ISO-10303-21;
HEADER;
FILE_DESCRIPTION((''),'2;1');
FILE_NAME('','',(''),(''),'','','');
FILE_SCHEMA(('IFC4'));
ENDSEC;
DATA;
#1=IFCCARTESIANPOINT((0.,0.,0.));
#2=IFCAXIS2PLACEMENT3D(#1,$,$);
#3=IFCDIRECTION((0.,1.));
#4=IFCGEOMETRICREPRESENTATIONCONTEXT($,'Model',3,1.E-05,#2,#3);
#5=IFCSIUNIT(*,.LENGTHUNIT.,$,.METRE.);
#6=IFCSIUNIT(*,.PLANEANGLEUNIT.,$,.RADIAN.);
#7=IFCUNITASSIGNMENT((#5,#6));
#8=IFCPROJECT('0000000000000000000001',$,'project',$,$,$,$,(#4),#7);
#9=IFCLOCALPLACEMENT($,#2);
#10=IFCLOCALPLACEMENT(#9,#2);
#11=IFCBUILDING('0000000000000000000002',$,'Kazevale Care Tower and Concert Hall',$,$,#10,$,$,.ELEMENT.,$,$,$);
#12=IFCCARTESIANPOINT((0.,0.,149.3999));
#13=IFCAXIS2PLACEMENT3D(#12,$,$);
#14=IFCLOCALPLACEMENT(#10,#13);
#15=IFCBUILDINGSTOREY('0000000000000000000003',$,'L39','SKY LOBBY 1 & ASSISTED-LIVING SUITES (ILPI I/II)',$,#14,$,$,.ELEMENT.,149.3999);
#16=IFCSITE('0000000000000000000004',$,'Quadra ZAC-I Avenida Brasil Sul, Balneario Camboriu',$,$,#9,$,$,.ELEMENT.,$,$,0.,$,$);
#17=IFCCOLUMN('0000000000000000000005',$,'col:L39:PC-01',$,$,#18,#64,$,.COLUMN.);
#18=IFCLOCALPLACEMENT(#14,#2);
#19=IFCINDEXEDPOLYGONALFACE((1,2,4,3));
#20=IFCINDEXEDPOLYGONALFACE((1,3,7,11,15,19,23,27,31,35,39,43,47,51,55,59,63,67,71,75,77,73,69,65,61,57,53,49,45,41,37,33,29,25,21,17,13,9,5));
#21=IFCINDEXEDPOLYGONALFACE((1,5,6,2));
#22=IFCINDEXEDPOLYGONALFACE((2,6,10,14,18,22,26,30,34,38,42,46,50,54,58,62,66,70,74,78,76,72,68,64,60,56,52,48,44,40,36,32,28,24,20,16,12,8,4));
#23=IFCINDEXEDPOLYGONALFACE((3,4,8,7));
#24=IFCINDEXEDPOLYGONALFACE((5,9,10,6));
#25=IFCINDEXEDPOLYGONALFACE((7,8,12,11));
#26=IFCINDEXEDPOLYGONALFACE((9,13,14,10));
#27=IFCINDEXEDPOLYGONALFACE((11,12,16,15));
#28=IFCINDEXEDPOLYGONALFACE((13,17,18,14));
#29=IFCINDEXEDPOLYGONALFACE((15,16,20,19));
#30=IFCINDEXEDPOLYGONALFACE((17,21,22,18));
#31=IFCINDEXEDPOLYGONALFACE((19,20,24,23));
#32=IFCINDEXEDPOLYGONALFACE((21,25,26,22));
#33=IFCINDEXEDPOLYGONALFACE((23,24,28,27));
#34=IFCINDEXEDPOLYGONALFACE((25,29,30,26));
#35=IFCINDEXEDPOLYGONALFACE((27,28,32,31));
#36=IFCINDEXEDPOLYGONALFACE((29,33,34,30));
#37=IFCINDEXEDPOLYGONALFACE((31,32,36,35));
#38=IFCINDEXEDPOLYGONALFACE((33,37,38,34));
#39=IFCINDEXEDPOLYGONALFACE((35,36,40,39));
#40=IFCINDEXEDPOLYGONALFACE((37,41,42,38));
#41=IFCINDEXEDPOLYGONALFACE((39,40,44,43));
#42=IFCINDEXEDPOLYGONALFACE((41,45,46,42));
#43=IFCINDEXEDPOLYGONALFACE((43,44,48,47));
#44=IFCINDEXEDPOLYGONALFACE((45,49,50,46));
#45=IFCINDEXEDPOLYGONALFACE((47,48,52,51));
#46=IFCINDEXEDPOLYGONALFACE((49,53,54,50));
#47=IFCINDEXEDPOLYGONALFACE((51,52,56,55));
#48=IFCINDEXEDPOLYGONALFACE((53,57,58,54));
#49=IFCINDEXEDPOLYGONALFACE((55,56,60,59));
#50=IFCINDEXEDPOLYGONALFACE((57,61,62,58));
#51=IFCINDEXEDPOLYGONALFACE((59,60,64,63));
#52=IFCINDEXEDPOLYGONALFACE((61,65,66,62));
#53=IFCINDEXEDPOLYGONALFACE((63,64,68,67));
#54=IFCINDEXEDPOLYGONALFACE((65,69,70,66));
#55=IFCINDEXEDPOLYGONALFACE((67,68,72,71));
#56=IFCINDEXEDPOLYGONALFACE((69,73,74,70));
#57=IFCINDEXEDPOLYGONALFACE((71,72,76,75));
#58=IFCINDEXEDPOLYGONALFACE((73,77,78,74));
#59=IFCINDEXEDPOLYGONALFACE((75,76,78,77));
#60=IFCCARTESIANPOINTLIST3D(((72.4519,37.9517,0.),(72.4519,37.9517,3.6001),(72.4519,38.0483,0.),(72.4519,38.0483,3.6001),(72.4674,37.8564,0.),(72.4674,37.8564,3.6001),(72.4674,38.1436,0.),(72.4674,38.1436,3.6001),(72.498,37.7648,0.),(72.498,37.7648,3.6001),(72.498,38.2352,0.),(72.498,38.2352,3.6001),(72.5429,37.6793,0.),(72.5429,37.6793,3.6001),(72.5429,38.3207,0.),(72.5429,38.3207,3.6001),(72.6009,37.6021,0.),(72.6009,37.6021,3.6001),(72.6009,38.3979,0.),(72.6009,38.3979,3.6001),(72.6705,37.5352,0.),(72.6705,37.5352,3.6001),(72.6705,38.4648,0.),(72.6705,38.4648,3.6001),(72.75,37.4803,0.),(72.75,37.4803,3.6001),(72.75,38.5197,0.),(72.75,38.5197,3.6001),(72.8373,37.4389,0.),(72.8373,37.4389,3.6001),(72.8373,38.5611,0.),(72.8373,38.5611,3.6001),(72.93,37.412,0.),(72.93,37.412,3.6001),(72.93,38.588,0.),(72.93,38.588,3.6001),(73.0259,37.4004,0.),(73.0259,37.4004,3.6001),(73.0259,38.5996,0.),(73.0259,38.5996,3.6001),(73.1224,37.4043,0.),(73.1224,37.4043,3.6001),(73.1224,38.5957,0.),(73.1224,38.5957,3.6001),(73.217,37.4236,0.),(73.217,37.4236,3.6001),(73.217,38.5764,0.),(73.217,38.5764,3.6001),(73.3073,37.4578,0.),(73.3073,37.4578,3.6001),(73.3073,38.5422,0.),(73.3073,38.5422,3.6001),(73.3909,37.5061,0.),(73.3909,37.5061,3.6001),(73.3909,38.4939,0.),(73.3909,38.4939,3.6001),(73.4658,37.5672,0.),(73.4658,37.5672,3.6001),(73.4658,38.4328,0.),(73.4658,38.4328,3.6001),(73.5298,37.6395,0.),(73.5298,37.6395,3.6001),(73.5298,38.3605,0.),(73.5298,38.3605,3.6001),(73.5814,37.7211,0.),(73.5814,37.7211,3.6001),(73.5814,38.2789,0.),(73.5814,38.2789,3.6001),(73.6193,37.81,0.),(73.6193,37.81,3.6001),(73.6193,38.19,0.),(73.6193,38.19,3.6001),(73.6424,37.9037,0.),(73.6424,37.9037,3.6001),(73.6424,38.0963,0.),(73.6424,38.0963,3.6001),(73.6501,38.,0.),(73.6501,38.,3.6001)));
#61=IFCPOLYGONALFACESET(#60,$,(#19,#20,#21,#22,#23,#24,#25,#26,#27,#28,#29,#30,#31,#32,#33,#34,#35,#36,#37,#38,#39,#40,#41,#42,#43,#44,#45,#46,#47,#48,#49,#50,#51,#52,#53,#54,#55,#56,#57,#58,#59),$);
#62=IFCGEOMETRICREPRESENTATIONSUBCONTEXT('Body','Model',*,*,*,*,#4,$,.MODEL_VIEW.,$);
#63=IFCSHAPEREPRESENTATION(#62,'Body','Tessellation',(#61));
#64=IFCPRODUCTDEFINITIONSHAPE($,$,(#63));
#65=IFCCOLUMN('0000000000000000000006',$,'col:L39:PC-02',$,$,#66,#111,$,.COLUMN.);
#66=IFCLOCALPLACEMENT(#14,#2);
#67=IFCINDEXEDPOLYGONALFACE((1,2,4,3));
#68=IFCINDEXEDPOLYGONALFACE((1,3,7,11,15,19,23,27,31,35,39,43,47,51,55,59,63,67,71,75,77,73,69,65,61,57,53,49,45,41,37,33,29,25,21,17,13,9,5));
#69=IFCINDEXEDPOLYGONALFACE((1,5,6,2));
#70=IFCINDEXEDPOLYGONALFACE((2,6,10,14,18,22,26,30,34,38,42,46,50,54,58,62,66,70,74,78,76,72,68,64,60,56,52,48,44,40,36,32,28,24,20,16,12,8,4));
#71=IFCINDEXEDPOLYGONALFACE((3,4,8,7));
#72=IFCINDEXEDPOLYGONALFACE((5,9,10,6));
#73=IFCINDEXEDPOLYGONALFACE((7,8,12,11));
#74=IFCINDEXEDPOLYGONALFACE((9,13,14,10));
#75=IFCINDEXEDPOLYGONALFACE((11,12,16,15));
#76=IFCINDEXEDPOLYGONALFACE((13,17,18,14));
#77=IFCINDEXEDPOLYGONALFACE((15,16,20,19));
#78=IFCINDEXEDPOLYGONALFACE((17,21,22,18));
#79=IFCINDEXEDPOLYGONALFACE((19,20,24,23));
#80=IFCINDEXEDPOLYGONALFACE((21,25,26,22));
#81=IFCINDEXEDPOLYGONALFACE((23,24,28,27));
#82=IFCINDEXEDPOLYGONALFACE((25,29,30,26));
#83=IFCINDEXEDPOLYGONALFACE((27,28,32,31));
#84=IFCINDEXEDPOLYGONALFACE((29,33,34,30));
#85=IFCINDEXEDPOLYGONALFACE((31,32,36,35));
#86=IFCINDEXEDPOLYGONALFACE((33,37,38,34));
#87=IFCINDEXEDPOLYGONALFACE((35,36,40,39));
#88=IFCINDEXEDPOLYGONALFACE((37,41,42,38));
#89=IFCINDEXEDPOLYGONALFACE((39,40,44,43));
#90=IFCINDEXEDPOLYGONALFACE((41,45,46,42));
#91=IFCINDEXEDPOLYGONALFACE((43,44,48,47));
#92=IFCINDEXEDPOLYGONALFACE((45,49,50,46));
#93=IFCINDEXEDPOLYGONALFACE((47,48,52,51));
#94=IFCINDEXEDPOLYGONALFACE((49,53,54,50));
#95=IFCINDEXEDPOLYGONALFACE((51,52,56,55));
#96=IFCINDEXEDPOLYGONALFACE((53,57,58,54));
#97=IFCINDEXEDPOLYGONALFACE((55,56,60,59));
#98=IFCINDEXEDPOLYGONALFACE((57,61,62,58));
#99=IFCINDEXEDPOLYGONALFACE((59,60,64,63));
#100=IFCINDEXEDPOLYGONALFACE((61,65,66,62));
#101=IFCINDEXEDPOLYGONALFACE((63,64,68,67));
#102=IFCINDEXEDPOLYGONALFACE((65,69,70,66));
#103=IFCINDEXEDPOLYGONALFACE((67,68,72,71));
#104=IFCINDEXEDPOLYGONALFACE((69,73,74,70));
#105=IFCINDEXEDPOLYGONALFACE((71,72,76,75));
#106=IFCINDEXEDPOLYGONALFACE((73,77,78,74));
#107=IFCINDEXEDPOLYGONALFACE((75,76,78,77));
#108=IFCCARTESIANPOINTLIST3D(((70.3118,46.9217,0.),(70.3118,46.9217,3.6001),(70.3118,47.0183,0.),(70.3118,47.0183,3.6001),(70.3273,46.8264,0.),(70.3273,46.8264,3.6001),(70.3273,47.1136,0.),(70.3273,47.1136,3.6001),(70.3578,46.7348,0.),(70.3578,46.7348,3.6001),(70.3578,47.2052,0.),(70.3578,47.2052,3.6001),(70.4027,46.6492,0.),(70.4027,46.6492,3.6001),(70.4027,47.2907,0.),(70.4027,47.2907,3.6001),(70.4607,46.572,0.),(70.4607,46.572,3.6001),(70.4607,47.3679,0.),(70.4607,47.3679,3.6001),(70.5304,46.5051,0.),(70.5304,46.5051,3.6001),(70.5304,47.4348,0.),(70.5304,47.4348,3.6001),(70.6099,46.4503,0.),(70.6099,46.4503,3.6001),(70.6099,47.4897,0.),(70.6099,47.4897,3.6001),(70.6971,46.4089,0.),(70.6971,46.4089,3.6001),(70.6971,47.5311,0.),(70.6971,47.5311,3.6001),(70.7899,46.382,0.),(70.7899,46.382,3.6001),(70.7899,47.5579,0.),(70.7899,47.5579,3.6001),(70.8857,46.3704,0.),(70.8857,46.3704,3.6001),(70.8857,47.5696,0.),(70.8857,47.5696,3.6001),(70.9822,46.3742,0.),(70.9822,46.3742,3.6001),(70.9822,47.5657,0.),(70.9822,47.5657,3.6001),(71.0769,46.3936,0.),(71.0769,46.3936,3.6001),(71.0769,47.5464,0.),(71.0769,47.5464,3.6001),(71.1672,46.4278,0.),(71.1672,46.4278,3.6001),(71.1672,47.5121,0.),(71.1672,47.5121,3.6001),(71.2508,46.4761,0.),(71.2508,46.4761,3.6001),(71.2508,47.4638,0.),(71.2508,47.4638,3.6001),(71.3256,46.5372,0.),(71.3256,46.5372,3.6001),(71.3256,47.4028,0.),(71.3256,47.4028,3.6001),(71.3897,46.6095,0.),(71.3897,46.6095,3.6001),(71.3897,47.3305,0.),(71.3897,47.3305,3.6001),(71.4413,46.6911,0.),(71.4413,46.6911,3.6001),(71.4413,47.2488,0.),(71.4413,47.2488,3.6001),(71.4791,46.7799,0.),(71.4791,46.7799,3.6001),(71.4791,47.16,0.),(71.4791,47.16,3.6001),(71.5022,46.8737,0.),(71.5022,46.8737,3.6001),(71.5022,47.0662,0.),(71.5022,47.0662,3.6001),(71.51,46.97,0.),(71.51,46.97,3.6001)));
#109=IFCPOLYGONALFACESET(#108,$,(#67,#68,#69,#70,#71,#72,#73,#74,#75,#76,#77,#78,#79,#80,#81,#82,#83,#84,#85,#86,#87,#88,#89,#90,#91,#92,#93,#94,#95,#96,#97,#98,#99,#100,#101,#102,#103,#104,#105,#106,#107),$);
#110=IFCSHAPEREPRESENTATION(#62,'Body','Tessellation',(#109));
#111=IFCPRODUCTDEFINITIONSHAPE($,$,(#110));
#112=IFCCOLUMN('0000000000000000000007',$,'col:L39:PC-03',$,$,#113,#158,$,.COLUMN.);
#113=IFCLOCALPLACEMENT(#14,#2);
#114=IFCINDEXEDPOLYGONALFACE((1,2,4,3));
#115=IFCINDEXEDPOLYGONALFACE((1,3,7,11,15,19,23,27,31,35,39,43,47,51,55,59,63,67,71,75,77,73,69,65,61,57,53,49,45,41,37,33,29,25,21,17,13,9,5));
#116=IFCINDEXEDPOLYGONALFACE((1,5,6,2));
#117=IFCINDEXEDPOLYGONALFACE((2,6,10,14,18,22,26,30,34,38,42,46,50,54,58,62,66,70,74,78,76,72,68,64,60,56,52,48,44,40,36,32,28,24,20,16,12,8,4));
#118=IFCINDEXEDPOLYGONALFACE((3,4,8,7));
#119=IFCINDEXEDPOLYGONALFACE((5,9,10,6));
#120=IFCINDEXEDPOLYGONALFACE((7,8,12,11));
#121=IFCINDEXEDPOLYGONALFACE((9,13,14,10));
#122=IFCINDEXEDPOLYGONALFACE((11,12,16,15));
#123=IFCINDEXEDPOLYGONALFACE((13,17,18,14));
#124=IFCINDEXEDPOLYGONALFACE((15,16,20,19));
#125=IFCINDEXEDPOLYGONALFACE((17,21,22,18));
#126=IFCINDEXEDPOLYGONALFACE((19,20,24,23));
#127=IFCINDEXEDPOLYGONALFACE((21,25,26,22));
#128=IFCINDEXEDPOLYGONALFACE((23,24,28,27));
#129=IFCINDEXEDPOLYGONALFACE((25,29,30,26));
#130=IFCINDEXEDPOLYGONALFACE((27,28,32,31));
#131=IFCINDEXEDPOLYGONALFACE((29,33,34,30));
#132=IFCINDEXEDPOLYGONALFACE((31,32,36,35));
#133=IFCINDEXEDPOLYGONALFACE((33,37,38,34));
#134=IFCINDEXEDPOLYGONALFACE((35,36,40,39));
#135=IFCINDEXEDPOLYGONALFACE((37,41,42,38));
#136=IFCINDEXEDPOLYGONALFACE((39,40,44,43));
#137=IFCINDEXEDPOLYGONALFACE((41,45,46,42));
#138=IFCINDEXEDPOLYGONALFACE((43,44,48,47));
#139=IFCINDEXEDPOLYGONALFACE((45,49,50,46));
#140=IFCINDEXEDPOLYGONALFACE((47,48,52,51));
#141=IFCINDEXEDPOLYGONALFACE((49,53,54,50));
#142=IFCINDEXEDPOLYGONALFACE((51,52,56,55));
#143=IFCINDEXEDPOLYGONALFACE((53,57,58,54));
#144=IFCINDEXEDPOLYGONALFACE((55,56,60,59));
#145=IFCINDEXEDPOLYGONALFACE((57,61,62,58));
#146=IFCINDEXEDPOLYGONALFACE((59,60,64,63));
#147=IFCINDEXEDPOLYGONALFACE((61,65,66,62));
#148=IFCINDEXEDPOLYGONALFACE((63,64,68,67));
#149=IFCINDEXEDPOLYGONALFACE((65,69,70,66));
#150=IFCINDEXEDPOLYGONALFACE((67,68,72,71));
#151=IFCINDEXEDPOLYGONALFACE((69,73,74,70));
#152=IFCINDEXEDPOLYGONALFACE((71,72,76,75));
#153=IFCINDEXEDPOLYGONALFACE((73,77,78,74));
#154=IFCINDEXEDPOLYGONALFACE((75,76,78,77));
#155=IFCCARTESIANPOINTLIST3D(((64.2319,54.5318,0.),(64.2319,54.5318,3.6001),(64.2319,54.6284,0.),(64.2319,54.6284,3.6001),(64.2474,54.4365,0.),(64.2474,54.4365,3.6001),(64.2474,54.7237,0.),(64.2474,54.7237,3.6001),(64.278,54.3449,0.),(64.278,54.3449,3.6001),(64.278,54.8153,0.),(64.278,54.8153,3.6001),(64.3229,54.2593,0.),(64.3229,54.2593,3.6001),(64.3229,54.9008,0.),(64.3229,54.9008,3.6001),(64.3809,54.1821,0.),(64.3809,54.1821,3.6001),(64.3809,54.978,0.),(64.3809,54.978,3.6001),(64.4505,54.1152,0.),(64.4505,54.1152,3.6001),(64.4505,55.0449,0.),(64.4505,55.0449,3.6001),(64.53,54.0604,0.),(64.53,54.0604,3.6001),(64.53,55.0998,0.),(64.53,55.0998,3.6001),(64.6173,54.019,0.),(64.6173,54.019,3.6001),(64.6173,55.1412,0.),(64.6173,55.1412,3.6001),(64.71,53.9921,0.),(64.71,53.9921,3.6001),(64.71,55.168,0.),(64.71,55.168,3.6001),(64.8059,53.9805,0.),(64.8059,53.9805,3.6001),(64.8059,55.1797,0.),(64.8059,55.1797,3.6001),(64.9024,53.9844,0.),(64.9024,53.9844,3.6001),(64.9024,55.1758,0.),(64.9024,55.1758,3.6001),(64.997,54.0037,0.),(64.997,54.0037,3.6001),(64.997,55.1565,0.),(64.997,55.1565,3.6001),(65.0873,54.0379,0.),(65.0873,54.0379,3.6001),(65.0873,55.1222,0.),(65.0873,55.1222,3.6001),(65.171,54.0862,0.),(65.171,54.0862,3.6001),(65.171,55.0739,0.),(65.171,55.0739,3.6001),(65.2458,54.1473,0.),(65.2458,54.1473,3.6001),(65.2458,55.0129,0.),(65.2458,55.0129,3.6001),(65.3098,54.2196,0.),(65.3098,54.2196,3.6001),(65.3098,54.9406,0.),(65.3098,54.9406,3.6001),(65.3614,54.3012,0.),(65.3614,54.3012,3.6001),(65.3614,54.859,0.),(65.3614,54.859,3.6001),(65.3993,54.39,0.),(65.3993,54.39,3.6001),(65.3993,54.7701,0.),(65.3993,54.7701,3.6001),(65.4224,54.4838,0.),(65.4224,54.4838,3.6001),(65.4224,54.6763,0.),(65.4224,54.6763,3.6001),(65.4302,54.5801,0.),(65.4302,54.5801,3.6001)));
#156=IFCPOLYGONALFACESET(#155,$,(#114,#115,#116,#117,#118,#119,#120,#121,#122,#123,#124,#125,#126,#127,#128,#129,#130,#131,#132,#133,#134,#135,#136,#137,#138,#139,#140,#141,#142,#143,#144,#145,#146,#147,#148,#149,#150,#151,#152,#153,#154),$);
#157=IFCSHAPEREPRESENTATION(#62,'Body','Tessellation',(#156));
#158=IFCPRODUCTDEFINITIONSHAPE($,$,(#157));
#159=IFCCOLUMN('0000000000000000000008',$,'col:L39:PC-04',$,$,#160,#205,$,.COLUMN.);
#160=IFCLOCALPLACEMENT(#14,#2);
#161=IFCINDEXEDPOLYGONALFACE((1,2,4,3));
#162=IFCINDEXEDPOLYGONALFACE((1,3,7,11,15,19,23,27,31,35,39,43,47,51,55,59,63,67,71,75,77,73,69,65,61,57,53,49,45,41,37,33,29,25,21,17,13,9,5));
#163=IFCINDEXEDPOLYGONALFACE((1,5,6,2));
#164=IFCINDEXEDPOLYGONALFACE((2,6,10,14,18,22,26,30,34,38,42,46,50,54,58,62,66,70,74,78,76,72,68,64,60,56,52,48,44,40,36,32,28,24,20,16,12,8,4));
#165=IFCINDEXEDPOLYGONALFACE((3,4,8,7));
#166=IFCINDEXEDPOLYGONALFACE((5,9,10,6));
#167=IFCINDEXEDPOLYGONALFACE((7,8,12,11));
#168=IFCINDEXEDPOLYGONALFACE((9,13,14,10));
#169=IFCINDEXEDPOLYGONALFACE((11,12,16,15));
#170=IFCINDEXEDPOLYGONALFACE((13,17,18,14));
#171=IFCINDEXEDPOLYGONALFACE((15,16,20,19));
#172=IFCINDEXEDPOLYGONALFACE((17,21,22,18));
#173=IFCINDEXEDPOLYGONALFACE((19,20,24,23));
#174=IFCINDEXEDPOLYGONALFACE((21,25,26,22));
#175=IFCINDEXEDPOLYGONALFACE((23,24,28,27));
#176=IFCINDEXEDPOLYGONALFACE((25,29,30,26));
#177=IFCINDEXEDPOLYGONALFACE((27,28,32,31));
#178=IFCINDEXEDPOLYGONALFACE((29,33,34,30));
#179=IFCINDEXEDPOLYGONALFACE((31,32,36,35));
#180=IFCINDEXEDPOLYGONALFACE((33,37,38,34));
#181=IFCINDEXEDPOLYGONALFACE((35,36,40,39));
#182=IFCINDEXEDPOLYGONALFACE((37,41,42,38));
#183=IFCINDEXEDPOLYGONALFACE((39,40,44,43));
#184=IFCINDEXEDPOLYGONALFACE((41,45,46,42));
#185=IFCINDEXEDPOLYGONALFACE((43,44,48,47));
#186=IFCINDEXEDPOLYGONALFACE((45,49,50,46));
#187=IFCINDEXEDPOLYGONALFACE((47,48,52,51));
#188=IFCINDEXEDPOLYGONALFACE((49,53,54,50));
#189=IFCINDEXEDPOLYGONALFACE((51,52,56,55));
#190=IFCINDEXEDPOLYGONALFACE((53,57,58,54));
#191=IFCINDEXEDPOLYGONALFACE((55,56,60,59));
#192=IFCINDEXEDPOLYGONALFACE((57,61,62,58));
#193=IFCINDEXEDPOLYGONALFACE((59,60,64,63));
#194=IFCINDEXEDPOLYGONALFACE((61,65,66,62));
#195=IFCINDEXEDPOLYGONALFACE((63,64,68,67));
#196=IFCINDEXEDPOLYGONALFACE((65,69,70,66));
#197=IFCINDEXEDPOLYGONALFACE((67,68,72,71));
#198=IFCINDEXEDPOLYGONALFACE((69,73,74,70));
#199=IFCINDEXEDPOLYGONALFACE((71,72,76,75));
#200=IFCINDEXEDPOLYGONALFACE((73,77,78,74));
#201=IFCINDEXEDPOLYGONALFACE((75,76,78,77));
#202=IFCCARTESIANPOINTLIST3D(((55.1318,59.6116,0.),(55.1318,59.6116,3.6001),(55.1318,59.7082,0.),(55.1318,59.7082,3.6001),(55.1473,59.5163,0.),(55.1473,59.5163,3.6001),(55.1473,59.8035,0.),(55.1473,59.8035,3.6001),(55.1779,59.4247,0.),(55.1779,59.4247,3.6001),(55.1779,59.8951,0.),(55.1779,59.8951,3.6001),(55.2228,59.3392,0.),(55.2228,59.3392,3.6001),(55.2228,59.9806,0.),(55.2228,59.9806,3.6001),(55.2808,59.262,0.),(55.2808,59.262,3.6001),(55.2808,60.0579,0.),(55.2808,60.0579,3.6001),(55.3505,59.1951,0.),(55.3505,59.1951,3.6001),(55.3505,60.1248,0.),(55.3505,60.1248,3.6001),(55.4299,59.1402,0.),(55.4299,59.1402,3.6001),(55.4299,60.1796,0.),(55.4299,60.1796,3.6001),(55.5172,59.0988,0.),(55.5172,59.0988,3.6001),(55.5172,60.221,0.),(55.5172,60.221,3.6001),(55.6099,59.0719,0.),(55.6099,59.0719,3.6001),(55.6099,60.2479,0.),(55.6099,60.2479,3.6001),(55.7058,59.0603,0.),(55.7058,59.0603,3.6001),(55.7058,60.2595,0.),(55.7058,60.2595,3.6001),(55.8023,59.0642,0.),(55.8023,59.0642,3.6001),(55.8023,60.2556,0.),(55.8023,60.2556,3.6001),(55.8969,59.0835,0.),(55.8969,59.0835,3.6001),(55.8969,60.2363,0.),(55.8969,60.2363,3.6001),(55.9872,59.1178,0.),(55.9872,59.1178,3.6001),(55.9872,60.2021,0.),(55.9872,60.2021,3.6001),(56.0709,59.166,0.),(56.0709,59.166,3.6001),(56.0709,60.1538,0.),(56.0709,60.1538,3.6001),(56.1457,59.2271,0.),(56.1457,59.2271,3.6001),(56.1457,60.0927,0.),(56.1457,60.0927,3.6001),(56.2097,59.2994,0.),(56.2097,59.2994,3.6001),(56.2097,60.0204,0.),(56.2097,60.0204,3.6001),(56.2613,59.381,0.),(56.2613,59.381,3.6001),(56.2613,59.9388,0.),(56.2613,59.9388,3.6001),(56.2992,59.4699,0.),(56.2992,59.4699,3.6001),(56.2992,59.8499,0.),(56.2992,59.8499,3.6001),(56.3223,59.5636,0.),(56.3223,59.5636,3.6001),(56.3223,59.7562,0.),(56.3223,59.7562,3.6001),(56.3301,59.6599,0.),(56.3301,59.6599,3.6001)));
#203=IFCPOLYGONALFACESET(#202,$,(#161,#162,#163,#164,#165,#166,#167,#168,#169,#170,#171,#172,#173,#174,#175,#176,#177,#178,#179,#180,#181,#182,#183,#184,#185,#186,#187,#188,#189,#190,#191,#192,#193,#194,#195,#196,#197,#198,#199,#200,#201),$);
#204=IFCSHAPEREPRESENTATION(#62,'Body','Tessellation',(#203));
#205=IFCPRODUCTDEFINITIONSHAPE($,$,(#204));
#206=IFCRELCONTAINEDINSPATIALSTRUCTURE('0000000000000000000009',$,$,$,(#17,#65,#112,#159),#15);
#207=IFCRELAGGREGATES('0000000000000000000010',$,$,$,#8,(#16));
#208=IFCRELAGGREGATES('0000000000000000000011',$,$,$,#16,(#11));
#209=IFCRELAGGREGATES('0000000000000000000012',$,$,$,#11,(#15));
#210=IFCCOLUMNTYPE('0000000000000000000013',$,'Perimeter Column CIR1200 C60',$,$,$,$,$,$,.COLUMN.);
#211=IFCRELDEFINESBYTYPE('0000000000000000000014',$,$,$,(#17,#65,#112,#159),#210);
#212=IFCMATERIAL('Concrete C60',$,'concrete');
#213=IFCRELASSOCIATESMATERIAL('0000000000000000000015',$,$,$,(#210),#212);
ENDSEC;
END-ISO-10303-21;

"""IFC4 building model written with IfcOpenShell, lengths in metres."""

from ifc_helpers import new_model, si_unit, direction, frame, origin, origin_2d, place, context, subcontext, project, spatial, circle, extrude, material, material_profile, profile_set, type_object, element, save


model = new_model("IFC4")

# Units and contexts
model_context = context("Model", 3, precision=1e-05, world=origin(), true_north=direction((0.0, 1.0)))
body_context = subcontext(model_context, "Body", "Model", "MODEL_VIEW")
ifc_project = project(units=[si_unit("LENGTHUNIT", "METRE"), si_unit("PLANEANGLEUNIT", "RADIAN")], contexts=[model_context])

# Site, building, storey
site_placement = place(None, origin())
site = spatial("IfcSite", under=ifc_project, at=site_placement, Name="Quadra ZAC-I Avenida Brasil Sul, Balneario Camboriu", CompositionType="ELEMENT", RefElevation=0.0)
building_placement = place(site_placement, origin())
building = spatial("IfcBuilding", under=site, at=building_placement, Name="Kazevale Care Tower and Concert Hall", CompositionType="ELEMENT")
storey_placement = place(building_placement, frame((0.0, 0.0, 149.3999)))
storey = spatial("IfcBuildingStorey", under=building, at=storey_placement, Name="L39", Description="SKY LOBBY 1 & ASSISTED-LIVING SUITES (ILPI I/II)", CompositionType="ELEMENT", Elevation=149.3999)

# Columns
ifc_material_1 = material(Name="Concrete C60", Category="concrete")
ifc_material_profile_1 = material_profile(ifc_material_1, circle(Radius=0.6001, at=origin_2d()), Name="RC-CIR1200")
ifc_profile_set_1 = profile_set([ifc_material_profile_1], Name="Concrete C60")
column_type = type_object("IfcColumnType", Name="Perimeter Column CIR1200 C60", PredefinedType="COLUMN", material=ifc_profile_set_1)
for number, where, z_axis, x_axis, name in (
    (1, (73.05, 38.0, 0.0), (0.0, 0.0, 1.0), (1.0, 0.0, 0.0), "col:L39:PC-01"),
    (2, (70.9099, 46.97, 0.0), (0.0, 0.0, 1.0), (1.0, 0.0, 0.0), "col:L39:PC-02"),
    (3, (64.8301, 54.5801, 0.0), (0.0, 0.0, 1.0), (1.0, 0.0, 0.0), "col:L39:PC-03"),
    (4, (55.73, 59.6599, 0.0), (0.0, 0.0, 1.0), (1.0, 0.0, 0.0), "col:L39:PC-04"),
):
    element("IfcColumn", number, at=place(storey_placement, frame(where, z_axis=z_axis, x_axis=x_axis)), inside=storey, type_object=column_type, Name=name, PredefinedType="COLUMN", context=body_context, shape_type="SweptSolid", body=[
        extrude(circle(Radius=0.6001, at=origin_2d()), origin(), (0.0, 0.0, 1.0), 3.6001),
    ])

save(model, "model.ifc")
